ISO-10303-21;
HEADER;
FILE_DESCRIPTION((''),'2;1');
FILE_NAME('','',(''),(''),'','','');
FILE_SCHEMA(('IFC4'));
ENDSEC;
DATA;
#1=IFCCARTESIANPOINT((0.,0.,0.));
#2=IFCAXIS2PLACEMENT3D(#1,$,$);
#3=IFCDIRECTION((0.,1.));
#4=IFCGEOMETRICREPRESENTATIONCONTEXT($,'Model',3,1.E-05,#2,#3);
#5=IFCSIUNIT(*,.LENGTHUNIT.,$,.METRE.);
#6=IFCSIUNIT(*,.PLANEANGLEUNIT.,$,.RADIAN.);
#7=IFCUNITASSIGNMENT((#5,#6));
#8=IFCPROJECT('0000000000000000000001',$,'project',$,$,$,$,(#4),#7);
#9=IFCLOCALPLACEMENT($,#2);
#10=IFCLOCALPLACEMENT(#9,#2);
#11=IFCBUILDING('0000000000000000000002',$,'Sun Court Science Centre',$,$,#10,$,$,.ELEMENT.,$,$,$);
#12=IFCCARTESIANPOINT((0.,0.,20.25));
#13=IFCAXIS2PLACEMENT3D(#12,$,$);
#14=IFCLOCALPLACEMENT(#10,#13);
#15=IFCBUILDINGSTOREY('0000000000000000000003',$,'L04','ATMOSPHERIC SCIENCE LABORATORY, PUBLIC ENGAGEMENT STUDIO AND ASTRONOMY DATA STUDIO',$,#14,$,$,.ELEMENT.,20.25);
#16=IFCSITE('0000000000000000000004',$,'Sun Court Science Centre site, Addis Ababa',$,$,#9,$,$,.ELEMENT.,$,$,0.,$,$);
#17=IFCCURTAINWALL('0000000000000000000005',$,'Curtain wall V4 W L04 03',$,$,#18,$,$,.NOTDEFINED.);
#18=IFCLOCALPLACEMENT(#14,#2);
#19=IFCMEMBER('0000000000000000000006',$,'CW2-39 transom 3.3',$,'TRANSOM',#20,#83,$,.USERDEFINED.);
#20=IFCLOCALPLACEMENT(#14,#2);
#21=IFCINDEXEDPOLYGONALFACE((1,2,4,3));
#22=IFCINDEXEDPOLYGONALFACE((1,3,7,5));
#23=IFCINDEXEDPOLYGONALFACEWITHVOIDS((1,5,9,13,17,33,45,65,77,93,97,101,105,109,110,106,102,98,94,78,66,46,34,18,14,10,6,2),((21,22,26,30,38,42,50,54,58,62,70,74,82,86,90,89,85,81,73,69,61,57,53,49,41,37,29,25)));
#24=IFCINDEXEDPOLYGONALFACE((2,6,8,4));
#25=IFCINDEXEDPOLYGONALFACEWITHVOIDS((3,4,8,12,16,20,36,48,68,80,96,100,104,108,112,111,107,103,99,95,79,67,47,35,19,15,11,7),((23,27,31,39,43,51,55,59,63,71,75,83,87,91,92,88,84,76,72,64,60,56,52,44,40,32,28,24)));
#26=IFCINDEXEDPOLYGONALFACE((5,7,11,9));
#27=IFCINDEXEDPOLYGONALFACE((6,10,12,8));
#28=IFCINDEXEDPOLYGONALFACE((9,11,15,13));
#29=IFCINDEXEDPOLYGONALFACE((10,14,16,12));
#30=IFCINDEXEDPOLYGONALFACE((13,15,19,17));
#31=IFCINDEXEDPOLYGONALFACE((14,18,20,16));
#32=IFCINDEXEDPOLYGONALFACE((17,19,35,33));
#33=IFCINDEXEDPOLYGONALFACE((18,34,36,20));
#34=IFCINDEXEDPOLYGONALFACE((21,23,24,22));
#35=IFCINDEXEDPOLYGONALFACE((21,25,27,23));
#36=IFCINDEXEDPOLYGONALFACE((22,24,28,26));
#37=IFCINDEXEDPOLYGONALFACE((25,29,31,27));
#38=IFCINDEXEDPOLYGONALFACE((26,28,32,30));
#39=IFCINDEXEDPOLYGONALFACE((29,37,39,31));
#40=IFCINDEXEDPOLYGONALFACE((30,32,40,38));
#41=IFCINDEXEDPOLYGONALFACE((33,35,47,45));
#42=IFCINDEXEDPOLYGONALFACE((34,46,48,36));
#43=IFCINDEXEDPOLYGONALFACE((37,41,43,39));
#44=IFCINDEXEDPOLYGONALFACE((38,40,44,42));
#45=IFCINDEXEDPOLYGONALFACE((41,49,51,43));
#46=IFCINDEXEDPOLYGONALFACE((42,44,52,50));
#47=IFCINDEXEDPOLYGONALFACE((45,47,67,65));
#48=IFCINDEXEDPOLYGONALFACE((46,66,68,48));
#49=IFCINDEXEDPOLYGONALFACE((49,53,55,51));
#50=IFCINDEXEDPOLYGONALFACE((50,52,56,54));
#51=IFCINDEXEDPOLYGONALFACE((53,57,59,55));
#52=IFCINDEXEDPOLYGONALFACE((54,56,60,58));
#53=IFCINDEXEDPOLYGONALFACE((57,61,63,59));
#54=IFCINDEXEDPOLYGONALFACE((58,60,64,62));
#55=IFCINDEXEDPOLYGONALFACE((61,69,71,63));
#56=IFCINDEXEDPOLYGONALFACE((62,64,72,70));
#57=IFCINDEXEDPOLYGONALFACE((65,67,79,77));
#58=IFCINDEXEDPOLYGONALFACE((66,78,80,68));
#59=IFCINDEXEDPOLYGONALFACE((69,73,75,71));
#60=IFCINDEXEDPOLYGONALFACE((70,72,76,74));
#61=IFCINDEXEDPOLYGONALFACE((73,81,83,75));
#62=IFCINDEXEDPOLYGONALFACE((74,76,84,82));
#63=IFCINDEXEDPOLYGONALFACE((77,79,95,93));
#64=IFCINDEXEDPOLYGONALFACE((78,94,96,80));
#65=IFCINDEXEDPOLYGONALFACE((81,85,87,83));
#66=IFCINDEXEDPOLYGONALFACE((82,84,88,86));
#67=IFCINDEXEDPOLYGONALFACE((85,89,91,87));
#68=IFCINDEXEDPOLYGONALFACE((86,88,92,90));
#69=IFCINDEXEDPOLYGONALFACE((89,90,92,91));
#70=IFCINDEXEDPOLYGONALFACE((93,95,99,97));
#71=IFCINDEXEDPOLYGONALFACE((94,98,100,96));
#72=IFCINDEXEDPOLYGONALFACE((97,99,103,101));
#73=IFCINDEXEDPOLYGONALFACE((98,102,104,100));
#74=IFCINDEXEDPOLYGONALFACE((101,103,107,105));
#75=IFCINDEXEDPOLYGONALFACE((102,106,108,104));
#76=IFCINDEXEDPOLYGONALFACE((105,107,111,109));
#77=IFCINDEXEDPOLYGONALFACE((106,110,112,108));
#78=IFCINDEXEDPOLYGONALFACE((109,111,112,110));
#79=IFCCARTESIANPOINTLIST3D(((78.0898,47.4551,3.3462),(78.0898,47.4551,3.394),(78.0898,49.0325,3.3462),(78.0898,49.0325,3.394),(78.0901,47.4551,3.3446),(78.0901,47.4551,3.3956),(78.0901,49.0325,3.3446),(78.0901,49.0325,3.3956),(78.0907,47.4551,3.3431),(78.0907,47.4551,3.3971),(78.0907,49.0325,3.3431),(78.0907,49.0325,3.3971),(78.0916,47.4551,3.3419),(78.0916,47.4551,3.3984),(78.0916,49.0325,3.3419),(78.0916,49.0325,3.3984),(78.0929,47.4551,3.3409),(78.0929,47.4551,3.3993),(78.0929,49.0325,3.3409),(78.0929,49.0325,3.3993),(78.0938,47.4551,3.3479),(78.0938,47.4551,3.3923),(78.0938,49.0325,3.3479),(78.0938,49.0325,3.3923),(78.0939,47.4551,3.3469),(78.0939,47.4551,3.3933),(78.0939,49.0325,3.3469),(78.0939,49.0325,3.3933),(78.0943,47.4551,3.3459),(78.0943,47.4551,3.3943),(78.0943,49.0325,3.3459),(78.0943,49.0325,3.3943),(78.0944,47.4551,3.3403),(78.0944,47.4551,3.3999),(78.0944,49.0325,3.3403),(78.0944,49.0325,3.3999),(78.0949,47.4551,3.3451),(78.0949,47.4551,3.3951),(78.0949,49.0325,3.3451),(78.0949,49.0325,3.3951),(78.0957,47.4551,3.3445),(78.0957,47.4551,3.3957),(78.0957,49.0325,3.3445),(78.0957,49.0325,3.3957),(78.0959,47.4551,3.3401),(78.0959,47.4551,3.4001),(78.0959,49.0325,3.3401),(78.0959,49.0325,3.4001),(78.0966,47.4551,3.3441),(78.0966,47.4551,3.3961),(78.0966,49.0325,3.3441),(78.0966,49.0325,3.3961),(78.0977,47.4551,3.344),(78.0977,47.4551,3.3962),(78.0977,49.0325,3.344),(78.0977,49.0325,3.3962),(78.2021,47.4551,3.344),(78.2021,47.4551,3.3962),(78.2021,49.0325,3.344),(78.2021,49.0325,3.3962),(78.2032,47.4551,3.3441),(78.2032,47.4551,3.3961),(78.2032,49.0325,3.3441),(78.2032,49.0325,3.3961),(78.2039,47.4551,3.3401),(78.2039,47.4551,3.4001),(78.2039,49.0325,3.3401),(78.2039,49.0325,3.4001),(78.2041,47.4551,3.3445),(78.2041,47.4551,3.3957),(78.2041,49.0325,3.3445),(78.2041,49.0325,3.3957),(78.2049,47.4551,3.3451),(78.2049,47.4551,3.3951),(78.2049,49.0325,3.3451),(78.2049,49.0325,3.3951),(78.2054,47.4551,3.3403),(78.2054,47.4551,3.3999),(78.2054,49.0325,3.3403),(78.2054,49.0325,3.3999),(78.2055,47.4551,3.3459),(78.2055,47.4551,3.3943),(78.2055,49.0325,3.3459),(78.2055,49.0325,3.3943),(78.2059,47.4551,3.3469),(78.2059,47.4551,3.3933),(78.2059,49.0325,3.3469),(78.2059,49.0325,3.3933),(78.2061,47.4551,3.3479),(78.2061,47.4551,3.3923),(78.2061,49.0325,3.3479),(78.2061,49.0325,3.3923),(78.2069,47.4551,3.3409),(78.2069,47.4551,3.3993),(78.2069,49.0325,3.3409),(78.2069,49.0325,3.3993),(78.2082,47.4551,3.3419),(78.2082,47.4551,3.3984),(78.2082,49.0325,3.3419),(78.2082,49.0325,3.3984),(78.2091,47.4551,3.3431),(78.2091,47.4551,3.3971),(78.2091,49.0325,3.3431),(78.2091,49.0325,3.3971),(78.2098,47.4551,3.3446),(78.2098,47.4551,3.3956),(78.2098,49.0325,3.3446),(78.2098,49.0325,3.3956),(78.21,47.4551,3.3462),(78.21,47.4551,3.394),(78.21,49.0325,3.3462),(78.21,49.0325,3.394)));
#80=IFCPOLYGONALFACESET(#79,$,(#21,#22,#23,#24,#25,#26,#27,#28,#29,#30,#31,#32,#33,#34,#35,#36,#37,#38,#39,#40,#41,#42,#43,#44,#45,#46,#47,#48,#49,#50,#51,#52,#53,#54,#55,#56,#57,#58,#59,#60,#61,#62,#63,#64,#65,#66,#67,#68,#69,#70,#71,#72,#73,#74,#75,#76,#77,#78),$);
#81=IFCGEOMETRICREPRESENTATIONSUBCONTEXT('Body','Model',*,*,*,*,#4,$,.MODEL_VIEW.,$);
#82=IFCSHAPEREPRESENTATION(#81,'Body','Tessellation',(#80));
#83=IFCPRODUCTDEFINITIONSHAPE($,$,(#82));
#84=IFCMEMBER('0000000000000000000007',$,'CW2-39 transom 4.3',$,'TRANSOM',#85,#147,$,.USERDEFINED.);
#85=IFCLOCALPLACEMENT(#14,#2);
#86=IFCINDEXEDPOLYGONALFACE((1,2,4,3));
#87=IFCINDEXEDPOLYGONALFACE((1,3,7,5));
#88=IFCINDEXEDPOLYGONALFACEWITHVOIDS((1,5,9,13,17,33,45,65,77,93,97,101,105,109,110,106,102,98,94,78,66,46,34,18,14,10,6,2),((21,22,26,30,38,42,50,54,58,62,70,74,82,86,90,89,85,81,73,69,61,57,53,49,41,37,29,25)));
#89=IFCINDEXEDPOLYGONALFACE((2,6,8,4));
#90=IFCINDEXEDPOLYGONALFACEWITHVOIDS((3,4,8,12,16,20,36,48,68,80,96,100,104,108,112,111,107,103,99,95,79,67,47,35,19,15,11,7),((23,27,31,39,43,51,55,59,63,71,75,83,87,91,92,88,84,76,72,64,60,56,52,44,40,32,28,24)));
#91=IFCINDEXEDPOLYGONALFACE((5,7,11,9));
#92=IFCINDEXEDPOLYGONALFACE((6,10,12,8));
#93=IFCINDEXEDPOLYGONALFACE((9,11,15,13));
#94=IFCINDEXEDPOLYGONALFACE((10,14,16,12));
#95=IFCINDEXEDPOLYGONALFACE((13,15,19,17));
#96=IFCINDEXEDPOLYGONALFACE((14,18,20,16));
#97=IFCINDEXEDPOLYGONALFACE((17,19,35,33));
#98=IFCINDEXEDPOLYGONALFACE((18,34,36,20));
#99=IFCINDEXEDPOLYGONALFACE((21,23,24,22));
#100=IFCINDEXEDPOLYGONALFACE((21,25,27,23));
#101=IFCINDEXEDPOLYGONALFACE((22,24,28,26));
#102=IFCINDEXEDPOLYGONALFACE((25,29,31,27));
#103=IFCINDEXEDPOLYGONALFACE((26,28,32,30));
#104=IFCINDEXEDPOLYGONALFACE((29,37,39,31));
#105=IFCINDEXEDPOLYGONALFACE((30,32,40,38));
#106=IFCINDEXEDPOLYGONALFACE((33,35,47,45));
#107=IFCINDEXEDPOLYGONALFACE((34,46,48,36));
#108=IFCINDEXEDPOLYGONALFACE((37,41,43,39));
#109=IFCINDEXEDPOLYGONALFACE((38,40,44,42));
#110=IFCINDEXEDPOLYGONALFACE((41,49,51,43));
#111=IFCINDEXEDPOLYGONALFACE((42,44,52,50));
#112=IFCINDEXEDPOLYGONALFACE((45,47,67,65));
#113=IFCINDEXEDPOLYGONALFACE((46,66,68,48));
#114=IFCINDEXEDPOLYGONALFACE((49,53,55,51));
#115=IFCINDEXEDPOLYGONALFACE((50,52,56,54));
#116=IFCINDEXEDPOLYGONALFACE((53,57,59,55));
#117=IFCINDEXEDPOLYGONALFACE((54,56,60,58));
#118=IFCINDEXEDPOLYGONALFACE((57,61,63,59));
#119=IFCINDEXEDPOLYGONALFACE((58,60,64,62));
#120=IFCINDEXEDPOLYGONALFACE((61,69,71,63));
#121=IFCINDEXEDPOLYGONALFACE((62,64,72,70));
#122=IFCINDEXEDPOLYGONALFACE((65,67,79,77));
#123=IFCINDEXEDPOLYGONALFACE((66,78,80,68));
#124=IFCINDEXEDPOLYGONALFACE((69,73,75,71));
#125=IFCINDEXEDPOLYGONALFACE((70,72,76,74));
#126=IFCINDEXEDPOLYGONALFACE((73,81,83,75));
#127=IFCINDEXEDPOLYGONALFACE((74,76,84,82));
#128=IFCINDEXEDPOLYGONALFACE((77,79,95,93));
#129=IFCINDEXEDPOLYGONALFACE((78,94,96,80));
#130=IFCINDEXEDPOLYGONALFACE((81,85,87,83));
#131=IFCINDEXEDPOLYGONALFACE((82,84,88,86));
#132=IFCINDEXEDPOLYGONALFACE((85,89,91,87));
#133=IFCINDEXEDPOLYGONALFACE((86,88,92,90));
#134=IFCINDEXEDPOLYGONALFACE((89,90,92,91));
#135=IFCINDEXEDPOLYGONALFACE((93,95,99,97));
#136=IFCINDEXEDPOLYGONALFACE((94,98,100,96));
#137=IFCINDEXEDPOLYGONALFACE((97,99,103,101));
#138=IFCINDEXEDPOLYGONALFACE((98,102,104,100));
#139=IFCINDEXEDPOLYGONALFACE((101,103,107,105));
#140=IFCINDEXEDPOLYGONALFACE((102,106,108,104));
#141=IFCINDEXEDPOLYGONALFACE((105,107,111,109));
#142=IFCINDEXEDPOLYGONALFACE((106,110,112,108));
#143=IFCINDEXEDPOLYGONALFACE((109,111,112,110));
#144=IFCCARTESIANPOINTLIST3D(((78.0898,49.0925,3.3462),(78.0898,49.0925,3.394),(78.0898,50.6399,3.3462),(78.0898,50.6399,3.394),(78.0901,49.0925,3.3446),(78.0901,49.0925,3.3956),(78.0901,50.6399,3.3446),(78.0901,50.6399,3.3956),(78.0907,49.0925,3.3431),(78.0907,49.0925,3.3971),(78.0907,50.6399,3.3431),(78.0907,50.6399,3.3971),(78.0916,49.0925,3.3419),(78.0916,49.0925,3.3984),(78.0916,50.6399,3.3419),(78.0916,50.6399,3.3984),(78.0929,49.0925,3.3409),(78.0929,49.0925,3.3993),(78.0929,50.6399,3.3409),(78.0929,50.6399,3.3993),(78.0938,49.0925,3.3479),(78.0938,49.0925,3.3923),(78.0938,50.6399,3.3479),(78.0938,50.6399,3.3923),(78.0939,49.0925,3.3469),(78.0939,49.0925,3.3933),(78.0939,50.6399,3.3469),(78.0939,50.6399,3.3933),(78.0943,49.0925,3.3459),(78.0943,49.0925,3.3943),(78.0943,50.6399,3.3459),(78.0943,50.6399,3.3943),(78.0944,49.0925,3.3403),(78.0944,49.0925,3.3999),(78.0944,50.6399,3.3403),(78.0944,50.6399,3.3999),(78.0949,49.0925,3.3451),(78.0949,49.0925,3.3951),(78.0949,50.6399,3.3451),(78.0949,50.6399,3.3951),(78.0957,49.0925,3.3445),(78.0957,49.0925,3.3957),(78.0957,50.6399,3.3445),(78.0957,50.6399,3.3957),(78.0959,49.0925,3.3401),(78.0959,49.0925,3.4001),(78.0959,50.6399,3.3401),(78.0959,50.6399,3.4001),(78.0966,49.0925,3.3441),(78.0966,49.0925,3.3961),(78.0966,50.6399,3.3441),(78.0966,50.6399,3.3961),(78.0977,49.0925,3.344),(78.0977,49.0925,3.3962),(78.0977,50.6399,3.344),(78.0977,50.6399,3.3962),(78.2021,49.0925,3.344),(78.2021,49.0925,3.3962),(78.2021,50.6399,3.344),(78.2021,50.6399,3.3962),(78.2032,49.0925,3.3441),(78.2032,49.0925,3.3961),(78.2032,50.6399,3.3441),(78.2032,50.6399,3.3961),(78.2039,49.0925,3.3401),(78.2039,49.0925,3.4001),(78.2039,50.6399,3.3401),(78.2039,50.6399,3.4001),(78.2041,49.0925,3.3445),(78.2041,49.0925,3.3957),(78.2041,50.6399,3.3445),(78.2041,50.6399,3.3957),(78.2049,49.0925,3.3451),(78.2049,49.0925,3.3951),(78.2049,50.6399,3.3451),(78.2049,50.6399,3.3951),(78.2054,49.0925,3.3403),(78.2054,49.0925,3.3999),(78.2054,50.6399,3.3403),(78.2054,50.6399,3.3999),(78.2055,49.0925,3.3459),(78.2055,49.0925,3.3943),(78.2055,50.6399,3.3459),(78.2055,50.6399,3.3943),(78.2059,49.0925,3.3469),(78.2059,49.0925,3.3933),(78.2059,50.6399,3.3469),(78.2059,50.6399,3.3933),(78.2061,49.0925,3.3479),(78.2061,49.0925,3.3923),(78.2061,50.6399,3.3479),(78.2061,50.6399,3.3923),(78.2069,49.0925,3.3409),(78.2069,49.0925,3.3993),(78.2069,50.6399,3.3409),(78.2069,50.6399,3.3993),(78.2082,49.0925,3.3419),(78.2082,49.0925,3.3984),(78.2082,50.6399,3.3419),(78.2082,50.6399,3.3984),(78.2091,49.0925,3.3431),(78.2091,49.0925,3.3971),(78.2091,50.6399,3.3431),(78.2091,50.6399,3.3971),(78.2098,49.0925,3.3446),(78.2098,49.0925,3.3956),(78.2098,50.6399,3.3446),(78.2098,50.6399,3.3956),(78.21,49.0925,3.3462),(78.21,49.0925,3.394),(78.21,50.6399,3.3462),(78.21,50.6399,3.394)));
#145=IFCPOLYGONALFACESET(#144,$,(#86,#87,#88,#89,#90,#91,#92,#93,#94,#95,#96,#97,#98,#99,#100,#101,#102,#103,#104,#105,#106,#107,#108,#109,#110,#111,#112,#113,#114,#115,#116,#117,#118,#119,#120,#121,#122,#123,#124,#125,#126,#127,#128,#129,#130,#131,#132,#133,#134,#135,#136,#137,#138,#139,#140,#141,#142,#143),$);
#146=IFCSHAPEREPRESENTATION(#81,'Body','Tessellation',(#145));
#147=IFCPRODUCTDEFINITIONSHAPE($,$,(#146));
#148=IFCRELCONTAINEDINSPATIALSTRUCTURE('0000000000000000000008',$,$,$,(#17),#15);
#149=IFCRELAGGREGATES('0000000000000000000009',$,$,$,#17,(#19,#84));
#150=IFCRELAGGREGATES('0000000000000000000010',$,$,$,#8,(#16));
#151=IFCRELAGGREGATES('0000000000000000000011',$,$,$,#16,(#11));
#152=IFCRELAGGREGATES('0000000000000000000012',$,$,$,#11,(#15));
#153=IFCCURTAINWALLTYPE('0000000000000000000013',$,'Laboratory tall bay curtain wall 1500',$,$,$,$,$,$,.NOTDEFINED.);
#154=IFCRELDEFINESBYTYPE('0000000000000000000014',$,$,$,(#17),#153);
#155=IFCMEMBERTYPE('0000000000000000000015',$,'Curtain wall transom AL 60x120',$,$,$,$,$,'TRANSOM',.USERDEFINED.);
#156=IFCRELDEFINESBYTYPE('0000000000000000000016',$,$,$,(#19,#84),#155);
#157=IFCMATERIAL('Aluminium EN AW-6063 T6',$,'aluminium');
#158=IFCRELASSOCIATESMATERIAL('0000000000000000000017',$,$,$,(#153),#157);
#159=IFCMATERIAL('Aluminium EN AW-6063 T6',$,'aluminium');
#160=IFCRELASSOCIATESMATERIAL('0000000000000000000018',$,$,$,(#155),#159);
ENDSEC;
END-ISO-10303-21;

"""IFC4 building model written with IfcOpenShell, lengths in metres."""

from ifc_helpers import new_model, si_unit, direction, frame, origin, origin_2d, place, context, subcontext, project, spatial, hollow_rectangle, extrude, material, material_profile, profile_set, type_object, element, aggregate, save


model = new_model("IFC4")

# Units and contexts
model_context = context("Model", 3, precision=1e-05, world=origin(), true_north=direction((0.0, 1.0)))
body_context = subcontext(model_context, "Body", "Model", "MODEL_VIEW")
ifc_project = project(units=[si_unit("LENGTHUNIT", "METRE"), si_unit("PLANEANGLEUNIT", "RADIAN")], contexts=[model_context])

# Site, building, storey
site_placement = place(None, origin())
site = spatial("IfcSite", under=ifc_project, at=site_placement, Name="Sun Court Science Centre site, Addis Ababa", CompositionType="ELEMENT", RefElevation=0.0)
building_placement = place(site_placement, origin())
building = spatial("IfcBuilding", under=site, at=building_placement, Name="Sun Court Science Centre", CompositionType="ELEMENT")
storey_placement = place(building_placement, frame((0.0, 0.0, 20.25)))
storey = spatial("IfcBuildingStorey", under=building, at=storey_placement, Name="L04", Description="ATMOSPHERIC SCIENCE LABORATORY, PUBLIC ENGAGEMENT STUDIO AND ASTRONOMY DATA STUDIO", CompositionType="ELEMENT", Elevation=20.25)

# Shared definitions
ifc_material_1 = material(Name="Aluminium EN AW-6063 T6", Category="aluminium")
curtain_wall_type = type_object("IfcCurtainWallType", Name="Laboratory tall bay curtain wall 1500", PredefinedType="NOTDEFINED", material=ifc_material_1)

# Curtain wall
curtain_wall_1_placement = place(storey_placement, origin())
curtain_wall_1 = element("IfcCurtainWall", 1, at=curtain_wall_1_placement, inside=storey, type_object=curtain_wall_type, Name="Curtain wall V4 W L04 03", PredefinedType="NOTDEFINED")

# Members
ifc_material_2 = material(Name="Aluminium EN AW-6063 T6", Category="aluminium")
ifc_material_profile_1 = material_profile(ifc_material_2, hollow_rectangle(XDim=0.0601, YDim=0.1201, WallThickness=0.0039, InnerFilletRadius=0.0039, OuterFilletRadius=0.0061, at=origin_2d()), Name="AL 60x120x4")
ifc_profile_set_1 = profile_set([ifc_material_profile_1], Name="Aluminium EN AW-6063 T6")
member_type_1 = type_object("IfcMemberType", Name="Curtain wall transom AL 60x120", ElementType="TRANSOM", PredefinedType="USERDEFINED", material=ifc_profile_set_1)
member_1_placement = place(storey_placement, frame((78.1499, 47.4551, 3.3701), z_axis=(0.0, 1.0, 0.0), x_axis=(0.0, 0.0, 1.0)))
member_1 = element("IfcMember", 2, at=member_1_placement, type_object=member_type_1, Name="CW2-39 transom 3.3", ObjectType="TRANSOM", PredefinedType="USERDEFINED", context=body_context, shape_type="SweptSolid", body=[
    extrude(hollow_rectangle(XDim=0.0601, YDim=0.1201, WallThickness=0.0039, InnerFilletRadius=0.0039, OuterFilletRadius=0.0061, at=origin_2d()), origin(), (0.0, 0.0, 1.0), 1.5774),
])
member_2_placement = place(storey_placement, frame((78.1499, 49.0925, 3.3701), z_axis=(0.0, 1.0, 0.0), x_axis=(0.0, 0.0, 1.0)))
member_2 = element("IfcMember", 3, at=member_2_placement, type_object=member_type_1, Name="CW2-39 transom 4.3", ObjectType="TRANSOM", PredefinedType="USERDEFINED", context=body_context, shape_type="SweptSolid", body=[
    extrude(hollow_rectangle(XDim=0.0601, YDim=0.1201, WallThickness=0.0039, InnerFilletRadius=0.0039, OuterFilletRadius=0.0061, at=origin_2d()), origin(), (0.0, 0.0, 1.0), 1.5474),
])

aggregate(curtain_wall_1, [member_1, member_2])

save(model, "model.ifc")
